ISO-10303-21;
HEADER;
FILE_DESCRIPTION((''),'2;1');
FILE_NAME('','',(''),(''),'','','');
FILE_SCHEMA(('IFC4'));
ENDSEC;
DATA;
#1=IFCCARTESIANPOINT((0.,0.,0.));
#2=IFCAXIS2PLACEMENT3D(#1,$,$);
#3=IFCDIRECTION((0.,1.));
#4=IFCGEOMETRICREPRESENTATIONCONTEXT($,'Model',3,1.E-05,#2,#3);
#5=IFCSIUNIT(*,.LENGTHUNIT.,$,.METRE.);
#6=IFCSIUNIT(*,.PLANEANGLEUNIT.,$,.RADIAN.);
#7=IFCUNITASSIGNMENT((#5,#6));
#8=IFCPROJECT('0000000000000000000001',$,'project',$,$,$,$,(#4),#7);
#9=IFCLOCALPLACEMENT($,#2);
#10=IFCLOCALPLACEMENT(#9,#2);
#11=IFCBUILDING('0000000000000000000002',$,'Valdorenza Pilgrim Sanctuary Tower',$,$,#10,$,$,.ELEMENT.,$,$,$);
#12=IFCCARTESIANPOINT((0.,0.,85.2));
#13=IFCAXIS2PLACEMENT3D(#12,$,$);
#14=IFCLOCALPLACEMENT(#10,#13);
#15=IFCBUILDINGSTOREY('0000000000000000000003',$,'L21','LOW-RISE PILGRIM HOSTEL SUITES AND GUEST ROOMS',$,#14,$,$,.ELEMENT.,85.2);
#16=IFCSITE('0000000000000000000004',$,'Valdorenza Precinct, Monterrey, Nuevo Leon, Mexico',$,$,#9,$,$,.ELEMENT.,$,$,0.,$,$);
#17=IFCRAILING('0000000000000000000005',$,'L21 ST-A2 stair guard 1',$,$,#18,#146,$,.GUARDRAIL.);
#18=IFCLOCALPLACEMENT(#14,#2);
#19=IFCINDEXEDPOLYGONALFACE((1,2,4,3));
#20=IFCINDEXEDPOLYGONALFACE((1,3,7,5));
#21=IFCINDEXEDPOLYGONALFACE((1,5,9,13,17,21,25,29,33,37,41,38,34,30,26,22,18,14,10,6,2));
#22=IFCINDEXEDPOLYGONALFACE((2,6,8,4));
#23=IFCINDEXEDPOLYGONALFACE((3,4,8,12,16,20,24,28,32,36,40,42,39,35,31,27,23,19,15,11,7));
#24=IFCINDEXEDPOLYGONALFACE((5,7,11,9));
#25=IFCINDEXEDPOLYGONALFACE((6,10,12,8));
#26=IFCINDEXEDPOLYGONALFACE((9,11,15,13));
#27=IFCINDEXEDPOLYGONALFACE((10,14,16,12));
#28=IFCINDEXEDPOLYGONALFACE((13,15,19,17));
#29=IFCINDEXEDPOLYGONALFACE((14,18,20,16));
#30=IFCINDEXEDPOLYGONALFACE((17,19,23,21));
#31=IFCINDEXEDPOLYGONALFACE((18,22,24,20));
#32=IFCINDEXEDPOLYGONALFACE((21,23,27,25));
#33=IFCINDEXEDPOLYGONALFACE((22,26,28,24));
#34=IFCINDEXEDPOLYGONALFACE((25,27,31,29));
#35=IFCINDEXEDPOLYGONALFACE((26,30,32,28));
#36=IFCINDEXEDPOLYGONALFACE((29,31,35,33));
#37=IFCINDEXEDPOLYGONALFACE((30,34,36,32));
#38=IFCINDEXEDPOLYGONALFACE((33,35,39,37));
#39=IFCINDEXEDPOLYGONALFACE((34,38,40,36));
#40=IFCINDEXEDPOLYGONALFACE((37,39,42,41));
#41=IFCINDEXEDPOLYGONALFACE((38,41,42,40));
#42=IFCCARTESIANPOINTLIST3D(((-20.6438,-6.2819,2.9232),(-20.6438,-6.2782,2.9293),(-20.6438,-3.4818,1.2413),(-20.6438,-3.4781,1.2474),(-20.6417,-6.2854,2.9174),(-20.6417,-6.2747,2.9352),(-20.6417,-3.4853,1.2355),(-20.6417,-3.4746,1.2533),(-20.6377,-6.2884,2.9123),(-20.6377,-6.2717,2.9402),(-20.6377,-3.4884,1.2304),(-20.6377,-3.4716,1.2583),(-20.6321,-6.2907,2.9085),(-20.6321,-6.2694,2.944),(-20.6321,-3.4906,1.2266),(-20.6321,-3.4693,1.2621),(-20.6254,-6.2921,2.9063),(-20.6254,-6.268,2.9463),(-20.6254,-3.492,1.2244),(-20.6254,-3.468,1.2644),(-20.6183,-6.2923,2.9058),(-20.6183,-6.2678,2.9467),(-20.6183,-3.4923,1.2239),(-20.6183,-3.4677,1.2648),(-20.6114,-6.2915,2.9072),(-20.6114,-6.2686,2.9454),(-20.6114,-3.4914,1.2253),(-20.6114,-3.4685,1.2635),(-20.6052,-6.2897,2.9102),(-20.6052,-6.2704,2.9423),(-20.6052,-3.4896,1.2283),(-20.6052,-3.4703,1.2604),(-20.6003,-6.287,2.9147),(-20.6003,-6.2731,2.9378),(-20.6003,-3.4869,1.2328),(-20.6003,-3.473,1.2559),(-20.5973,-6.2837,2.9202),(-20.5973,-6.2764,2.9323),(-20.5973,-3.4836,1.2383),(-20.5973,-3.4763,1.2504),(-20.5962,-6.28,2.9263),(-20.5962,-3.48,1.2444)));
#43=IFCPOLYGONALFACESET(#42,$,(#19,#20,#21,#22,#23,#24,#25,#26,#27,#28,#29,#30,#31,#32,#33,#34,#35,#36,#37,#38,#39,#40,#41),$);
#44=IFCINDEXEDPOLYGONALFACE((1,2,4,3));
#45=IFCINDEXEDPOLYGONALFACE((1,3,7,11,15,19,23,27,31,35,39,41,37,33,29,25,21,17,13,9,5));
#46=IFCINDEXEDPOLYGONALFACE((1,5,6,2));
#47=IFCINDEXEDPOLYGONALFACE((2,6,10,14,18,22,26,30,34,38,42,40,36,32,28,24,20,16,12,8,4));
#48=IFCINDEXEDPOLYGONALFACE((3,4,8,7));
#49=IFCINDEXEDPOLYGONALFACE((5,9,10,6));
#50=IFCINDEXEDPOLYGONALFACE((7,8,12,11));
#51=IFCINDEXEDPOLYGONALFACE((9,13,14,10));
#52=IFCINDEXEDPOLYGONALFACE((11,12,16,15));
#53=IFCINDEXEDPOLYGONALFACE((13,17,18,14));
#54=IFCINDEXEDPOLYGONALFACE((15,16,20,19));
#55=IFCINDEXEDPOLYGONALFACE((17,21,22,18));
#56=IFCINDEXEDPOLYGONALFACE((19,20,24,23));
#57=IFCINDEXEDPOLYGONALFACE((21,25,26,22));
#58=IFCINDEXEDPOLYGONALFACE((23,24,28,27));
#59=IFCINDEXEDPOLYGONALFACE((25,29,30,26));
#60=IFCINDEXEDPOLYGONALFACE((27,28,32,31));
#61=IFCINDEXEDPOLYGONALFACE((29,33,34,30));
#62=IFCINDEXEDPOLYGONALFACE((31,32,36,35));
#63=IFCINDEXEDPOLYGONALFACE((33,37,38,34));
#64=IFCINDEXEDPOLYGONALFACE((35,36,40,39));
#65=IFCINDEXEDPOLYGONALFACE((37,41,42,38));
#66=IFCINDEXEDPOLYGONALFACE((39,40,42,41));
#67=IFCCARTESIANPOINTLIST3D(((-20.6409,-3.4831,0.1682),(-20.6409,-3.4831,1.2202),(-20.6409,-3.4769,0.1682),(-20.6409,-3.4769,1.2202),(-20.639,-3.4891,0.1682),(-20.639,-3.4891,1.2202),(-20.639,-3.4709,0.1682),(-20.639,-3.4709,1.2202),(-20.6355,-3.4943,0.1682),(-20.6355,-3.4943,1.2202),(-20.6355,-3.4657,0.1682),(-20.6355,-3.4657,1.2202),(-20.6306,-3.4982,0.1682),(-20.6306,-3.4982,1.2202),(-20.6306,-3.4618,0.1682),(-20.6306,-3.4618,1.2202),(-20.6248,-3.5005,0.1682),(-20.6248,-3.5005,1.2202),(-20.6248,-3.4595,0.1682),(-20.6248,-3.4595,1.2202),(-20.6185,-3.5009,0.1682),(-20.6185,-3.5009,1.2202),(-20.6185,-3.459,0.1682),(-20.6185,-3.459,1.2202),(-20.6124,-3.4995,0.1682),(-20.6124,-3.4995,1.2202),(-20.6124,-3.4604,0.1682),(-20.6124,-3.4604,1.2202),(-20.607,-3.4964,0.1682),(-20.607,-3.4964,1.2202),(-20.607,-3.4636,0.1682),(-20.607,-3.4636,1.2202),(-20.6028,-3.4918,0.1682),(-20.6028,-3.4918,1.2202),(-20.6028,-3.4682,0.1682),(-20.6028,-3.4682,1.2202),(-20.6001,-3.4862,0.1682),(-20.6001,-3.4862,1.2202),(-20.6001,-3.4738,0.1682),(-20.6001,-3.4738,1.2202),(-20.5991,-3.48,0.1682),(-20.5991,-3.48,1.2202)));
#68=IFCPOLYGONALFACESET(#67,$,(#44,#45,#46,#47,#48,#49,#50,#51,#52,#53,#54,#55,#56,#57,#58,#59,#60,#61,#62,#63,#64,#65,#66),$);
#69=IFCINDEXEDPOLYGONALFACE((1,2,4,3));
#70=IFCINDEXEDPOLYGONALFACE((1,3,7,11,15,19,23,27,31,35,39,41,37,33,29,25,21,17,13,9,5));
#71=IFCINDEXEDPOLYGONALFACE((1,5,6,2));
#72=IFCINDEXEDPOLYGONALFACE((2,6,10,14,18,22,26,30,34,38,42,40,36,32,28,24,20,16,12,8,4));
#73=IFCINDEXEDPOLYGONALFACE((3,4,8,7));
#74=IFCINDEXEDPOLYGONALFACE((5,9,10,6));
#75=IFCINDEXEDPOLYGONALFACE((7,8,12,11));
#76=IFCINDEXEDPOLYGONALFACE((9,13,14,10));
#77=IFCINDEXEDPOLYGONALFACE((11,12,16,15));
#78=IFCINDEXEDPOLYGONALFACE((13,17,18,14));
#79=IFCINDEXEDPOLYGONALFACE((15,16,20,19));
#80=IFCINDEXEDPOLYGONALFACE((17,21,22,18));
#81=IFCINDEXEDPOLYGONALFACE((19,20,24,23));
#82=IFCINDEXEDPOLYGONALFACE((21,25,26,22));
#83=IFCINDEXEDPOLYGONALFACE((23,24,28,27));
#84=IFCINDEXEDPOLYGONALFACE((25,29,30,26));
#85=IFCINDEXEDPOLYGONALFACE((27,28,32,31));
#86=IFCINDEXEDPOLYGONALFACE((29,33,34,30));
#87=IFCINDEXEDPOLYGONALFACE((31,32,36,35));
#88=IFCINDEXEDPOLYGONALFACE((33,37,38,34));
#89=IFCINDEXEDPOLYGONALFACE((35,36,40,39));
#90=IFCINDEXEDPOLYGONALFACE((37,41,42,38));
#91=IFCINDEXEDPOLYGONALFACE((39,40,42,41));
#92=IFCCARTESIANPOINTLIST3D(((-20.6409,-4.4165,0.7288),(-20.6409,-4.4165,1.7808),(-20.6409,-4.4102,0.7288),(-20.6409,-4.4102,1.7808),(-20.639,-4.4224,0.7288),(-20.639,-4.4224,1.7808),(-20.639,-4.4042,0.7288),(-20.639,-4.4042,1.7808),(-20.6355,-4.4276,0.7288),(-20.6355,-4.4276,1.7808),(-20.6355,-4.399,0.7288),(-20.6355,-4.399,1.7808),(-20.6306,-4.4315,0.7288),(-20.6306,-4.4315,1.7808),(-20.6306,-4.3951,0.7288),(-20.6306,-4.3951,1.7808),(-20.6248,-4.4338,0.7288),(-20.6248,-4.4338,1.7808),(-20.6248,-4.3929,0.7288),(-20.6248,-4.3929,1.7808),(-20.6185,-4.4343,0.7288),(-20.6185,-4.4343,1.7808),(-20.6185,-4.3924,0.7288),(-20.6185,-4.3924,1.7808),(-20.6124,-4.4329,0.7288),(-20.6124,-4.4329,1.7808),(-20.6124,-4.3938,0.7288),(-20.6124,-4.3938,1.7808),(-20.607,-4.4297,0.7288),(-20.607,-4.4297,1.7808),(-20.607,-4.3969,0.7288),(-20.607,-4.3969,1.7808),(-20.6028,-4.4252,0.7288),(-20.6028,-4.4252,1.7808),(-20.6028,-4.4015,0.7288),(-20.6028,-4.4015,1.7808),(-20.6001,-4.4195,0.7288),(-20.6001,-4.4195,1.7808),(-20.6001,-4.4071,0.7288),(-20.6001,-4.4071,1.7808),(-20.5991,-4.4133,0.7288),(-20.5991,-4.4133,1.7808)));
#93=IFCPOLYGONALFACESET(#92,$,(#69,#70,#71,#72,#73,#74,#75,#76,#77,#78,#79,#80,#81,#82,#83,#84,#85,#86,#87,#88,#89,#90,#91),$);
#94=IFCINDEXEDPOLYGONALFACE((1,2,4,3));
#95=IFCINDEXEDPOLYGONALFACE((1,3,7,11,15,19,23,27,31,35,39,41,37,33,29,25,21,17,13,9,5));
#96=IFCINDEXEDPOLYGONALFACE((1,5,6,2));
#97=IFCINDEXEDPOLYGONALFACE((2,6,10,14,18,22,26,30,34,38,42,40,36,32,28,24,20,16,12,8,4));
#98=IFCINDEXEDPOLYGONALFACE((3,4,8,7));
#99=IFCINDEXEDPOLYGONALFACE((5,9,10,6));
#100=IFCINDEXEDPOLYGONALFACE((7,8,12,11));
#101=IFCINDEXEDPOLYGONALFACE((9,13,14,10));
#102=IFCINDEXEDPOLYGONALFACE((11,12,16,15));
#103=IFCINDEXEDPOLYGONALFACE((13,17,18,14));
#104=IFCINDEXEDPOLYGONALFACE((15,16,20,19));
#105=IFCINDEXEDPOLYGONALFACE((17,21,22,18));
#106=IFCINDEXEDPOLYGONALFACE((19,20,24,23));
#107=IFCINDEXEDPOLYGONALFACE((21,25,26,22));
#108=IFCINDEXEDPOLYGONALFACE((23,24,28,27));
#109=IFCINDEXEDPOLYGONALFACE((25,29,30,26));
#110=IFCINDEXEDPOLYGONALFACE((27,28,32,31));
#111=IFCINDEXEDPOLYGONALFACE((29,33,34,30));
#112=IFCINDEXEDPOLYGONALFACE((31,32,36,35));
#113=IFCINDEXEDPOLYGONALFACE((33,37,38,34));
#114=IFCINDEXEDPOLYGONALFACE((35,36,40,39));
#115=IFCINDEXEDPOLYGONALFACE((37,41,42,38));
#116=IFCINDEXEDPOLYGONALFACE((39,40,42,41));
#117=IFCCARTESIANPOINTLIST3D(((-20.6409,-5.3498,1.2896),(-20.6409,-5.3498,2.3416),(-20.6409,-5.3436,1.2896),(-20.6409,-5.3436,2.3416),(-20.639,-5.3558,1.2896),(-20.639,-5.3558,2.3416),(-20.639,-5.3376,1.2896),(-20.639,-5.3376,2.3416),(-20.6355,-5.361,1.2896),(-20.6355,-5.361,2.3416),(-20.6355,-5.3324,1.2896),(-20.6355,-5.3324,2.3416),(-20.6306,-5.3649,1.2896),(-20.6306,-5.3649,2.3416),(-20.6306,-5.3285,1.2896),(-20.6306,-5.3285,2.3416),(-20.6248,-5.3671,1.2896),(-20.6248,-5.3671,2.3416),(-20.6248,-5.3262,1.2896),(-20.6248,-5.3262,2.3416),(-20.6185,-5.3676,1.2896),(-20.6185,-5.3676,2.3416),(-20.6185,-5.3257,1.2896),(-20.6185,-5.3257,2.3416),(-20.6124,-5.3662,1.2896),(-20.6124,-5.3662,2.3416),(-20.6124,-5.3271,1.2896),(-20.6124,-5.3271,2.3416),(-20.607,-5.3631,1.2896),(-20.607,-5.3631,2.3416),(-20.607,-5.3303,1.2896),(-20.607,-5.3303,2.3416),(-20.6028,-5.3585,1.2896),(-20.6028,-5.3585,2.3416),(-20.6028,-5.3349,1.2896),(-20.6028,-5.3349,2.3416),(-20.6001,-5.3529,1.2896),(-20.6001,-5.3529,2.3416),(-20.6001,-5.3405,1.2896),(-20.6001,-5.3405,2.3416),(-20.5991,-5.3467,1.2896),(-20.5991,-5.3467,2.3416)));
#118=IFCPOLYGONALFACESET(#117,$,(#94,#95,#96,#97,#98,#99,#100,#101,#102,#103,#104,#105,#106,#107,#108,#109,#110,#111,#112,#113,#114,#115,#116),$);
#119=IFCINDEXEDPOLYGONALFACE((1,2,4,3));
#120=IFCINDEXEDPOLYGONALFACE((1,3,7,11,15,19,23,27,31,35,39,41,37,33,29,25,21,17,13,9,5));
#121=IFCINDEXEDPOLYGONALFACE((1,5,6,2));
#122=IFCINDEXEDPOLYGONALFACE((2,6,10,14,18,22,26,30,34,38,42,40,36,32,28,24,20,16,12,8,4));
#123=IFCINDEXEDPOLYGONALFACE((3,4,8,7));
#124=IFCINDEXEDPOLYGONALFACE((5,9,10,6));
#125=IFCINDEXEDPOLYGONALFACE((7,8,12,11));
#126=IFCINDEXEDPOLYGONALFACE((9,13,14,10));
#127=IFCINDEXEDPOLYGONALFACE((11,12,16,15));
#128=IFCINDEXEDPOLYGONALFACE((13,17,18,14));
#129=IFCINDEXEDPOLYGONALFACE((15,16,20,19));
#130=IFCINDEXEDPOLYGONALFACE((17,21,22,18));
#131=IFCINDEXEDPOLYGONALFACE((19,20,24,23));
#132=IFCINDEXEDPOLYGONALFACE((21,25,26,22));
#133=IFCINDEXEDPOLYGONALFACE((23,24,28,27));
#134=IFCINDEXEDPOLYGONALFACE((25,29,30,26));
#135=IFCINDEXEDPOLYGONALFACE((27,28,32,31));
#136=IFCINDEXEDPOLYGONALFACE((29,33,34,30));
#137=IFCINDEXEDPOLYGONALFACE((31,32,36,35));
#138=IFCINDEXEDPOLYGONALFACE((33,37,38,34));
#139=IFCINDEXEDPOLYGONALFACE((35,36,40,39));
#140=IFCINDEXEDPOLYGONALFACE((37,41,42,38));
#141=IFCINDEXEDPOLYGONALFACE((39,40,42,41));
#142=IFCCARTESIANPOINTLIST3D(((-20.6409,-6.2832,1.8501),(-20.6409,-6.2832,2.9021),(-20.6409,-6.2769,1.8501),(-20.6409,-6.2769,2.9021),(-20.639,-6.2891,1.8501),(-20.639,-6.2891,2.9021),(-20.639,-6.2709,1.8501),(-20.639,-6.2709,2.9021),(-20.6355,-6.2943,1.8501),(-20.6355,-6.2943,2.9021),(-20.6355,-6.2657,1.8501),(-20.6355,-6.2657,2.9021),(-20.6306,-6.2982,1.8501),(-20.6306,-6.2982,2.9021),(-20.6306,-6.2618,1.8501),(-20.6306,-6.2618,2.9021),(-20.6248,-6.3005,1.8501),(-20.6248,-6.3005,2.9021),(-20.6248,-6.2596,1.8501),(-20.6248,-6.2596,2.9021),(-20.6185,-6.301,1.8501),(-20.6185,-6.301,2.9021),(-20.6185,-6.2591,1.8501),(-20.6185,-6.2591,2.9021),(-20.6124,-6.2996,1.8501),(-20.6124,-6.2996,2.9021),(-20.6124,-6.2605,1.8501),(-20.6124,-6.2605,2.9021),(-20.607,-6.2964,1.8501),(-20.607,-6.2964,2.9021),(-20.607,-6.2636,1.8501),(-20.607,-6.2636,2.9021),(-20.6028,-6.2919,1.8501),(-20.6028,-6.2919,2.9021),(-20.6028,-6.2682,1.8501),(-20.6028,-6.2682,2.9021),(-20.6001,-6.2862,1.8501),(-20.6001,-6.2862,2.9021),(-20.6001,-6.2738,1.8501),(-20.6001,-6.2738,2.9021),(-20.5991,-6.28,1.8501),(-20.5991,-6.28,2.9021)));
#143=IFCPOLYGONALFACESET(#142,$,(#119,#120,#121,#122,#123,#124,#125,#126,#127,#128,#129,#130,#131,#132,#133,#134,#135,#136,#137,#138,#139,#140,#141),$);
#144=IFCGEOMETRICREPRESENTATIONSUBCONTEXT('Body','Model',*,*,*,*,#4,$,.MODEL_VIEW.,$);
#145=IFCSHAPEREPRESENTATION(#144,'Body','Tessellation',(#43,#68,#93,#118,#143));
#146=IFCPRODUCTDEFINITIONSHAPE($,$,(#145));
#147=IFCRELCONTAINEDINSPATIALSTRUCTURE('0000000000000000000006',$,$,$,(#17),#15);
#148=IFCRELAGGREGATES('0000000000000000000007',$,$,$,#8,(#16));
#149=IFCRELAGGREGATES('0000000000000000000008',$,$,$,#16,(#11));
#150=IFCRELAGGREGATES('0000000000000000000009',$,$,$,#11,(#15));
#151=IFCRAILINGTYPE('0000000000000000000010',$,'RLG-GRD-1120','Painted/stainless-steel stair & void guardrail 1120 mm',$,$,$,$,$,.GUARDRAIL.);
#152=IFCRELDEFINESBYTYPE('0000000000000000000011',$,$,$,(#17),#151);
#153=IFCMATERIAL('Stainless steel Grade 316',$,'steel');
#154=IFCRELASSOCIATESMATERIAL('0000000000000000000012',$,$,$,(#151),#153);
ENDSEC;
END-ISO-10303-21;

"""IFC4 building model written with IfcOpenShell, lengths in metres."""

from ifc_helpers import new_model, si_unit, direction, frame, origin, origin_2d, place, context, subcontext, project, spatial, circle, extrude, material, type_object, element, save


model = new_model("IFC4")

# Units and contexts
model_context = context("Model", 3, precision=1e-05, world=origin(), true_north=direction((0.0, 1.0)))
body_context = subcontext(model_context, "Body", "Model", "MODEL_VIEW")
ifc_project = project(units=[si_unit("LENGTHUNIT", "METRE"), si_unit("PLANEANGLEUNIT", "RADIAN")], contexts=[model_context])

# Site, building, storey
site_placement = place(None, origin())
site = spatial("IfcSite", under=ifc_project, at=site_placement, Name="Valdorenza Precinct, Monterrey, Nuevo Leon, Mexico", CompositionType="ELEMENT", RefElevation=0.0)
building_placement = place(site_placement, origin())
building = spatial("IfcBuilding", under=site, at=building_placement, Name="Valdorenza Pilgrim Sanctuary Tower", CompositionType="ELEMENT")
storey_placement = place(building_placement, frame((0.0, 0.0, 85.2)))
storey = spatial("IfcBuildingStorey", under=building, at=storey_placement, Name="L21", Description="LOW-RISE PILGRIM HOSTEL SUITES AND GUEST ROOMS", CompositionType="ELEMENT", Elevation=85.2)

# Railing
ifc_material_1 = material(Name="Stainless steel Grade 316", Category="steel")
railing_type_1 = type_object("IfcRailingType", Name="RLG-GRD-1120", Description="Painted/stainless-steel stair & void guardrail 1120 mm", PredefinedType="GUARDRAIL", material=ifc_material_1)
railing_1_placement = place(storey_placement, frame((-20.6201, -3.48, 0.1682)))
element("IfcRailing", 1, at=railing_1_placement, inside=storey, type_object=railing_type_1, Name="L21 ST-A2 stair guard 1", PredefinedType="GUARDRAIL", context=body_context, shape_type="SweptSolid", body=[
    extrude(circle(Radius=0.0239, at=origin_2d()), frame((0.0, 0.0, 1.0762), z_axis=(0.0, -0.857242, 0.514913), x_axis=(1.0, 0.0, 0.0)), (0.0, 0.0, 1.0), 3.2664),
    extrude(circle(Radius=0.021, at=origin_2d()), origin(), (0.0, 0.0, 1.0), 1.052),
    extrude(circle(Radius=0.021, at=origin_2d()), frame((0.0, -0.9333, 0.5605)), (0.0, 0.0, 1.0), 1.052),
    extrude(circle(Radius=0.021, at=origin_2d()), frame((0.0, -1.8667, 1.1213)), (0.0, 0.0, 1.0), 1.052),
    extrude(circle(Radius=0.021, at=origin_2d()), frame((0.0, -2.8, 1.6819)), (0.0, 0.0, 1.0), 1.052),
])

save(model, "model.ifc")
